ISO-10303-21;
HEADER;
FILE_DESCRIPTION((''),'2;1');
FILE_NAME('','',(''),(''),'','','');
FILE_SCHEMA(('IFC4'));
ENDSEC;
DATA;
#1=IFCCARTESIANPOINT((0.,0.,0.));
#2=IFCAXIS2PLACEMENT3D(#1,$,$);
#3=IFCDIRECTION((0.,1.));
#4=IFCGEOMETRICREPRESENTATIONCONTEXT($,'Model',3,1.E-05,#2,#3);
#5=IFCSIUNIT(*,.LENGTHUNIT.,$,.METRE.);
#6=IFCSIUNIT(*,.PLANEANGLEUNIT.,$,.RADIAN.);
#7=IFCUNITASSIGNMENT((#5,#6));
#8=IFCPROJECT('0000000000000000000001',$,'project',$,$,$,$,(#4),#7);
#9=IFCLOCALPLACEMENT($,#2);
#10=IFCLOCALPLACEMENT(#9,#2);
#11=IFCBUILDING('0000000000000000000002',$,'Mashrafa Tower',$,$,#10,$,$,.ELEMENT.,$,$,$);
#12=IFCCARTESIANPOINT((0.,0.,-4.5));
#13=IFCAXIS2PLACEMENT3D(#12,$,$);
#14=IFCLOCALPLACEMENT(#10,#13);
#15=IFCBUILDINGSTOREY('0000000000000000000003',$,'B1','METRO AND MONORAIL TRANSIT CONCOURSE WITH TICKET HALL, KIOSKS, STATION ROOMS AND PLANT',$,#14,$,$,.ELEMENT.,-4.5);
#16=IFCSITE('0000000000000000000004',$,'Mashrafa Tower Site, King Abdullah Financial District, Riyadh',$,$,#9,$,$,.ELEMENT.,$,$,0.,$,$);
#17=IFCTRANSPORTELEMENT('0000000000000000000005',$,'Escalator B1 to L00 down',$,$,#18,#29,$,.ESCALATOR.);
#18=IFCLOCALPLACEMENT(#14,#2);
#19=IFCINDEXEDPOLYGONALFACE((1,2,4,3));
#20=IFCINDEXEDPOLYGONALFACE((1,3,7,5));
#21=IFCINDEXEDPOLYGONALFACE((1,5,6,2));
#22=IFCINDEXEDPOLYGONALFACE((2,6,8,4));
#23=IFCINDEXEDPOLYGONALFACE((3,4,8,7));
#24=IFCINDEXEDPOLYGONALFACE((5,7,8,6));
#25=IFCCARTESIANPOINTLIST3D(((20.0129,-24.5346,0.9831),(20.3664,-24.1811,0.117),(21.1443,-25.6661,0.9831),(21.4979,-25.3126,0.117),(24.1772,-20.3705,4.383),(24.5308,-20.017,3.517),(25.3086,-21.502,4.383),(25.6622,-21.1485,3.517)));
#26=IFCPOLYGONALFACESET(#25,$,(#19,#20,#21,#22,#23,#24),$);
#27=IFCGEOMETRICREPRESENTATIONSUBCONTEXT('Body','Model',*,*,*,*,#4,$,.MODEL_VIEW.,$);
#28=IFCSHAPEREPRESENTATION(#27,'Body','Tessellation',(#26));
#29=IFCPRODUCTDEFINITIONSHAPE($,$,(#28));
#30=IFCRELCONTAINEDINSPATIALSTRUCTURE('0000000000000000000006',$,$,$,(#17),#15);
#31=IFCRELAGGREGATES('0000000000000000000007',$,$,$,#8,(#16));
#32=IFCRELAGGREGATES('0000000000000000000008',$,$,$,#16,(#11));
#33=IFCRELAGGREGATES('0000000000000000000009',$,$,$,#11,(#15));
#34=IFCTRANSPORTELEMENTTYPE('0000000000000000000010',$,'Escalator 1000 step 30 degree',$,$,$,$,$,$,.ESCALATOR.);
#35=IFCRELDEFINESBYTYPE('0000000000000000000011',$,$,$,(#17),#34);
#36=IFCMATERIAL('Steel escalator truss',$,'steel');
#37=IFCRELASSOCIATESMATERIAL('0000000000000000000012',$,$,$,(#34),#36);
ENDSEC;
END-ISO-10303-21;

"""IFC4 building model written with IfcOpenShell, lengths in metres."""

from ifc_helpers import new_model, si_unit, direction, frame, origin, origin_2d, place, context, subcontext, project, spatial, rectangle, extrude, material, type_object, element, save


model = new_model("IFC4")

# Units and contexts
model_context = context("Model", 3, precision=1e-05, world=origin(), true_north=direction((0.0, 1.0)))
body_context = subcontext(model_context, "Body", "Model", "MODEL_VIEW")
ifc_project = project(units=[si_unit("LENGTHUNIT", "METRE"), si_unit("PLANEANGLEUNIT", "RADIAN")], contexts=[model_context])

# Site, building, storey
site_placement = place(None, origin())
site = spatial("IfcSite", under=ifc_project, at=site_placement, Name="Mashrafa Tower Site, King Abdullah Financial District, Riyadh", CompositionType="ELEMENT", RefElevation=0.0)
building_placement = place(site_placement, origin())
building = spatial("IfcBuilding", under=site, at=building_placement, Name="Mashrafa Tower", CompositionType="ELEMENT")
storey_placement = place(building_placement, frame((0.0, 0.0, -4.5)))
storey = spatial("IfcBuildingStorey", under=building, at=storey_placement, Name="B1", Description="METRO AND MONORAIL TRANSIT CONCOURSE WITH TICKET HALL, KIOSKS, STATION ROOMS AND PLANT", CompositionType="ELEMENT", Elevation=-4.5)

# Transport element
ifc_material_1 = material(Name="Steel escalator truss", Category="steel")
transport_element_type = type_object("IfcTransportElementType", Name="Escalator 1000 step 30 degree", PredefinedType="ESCALATOR", material=ifc_material_1)
transport_element_1_placement = place(storey_placement, frame((20.7554, -24.9236, 0.55), z_axis=(0.612397, 0.612361, 0.499985), x_axis=(-0.707086, 0.707128, 0.0)))
element("IfcTransportElement", 1, at=transport_element_1_placement, inside=storey, type_object=transport_element_type, Name="Escalator B1 to L00 down", PredefinedType="ESCALATOR", context=body_context, shape_type="SweptSolid", body=[
    extrude(rectangle(XDim=1.6001, YDim=1.0, at=origin_2d()), origin(), (0.0, 0.0, 1.0), 6.8),
])

save(model, "model.ifc")
